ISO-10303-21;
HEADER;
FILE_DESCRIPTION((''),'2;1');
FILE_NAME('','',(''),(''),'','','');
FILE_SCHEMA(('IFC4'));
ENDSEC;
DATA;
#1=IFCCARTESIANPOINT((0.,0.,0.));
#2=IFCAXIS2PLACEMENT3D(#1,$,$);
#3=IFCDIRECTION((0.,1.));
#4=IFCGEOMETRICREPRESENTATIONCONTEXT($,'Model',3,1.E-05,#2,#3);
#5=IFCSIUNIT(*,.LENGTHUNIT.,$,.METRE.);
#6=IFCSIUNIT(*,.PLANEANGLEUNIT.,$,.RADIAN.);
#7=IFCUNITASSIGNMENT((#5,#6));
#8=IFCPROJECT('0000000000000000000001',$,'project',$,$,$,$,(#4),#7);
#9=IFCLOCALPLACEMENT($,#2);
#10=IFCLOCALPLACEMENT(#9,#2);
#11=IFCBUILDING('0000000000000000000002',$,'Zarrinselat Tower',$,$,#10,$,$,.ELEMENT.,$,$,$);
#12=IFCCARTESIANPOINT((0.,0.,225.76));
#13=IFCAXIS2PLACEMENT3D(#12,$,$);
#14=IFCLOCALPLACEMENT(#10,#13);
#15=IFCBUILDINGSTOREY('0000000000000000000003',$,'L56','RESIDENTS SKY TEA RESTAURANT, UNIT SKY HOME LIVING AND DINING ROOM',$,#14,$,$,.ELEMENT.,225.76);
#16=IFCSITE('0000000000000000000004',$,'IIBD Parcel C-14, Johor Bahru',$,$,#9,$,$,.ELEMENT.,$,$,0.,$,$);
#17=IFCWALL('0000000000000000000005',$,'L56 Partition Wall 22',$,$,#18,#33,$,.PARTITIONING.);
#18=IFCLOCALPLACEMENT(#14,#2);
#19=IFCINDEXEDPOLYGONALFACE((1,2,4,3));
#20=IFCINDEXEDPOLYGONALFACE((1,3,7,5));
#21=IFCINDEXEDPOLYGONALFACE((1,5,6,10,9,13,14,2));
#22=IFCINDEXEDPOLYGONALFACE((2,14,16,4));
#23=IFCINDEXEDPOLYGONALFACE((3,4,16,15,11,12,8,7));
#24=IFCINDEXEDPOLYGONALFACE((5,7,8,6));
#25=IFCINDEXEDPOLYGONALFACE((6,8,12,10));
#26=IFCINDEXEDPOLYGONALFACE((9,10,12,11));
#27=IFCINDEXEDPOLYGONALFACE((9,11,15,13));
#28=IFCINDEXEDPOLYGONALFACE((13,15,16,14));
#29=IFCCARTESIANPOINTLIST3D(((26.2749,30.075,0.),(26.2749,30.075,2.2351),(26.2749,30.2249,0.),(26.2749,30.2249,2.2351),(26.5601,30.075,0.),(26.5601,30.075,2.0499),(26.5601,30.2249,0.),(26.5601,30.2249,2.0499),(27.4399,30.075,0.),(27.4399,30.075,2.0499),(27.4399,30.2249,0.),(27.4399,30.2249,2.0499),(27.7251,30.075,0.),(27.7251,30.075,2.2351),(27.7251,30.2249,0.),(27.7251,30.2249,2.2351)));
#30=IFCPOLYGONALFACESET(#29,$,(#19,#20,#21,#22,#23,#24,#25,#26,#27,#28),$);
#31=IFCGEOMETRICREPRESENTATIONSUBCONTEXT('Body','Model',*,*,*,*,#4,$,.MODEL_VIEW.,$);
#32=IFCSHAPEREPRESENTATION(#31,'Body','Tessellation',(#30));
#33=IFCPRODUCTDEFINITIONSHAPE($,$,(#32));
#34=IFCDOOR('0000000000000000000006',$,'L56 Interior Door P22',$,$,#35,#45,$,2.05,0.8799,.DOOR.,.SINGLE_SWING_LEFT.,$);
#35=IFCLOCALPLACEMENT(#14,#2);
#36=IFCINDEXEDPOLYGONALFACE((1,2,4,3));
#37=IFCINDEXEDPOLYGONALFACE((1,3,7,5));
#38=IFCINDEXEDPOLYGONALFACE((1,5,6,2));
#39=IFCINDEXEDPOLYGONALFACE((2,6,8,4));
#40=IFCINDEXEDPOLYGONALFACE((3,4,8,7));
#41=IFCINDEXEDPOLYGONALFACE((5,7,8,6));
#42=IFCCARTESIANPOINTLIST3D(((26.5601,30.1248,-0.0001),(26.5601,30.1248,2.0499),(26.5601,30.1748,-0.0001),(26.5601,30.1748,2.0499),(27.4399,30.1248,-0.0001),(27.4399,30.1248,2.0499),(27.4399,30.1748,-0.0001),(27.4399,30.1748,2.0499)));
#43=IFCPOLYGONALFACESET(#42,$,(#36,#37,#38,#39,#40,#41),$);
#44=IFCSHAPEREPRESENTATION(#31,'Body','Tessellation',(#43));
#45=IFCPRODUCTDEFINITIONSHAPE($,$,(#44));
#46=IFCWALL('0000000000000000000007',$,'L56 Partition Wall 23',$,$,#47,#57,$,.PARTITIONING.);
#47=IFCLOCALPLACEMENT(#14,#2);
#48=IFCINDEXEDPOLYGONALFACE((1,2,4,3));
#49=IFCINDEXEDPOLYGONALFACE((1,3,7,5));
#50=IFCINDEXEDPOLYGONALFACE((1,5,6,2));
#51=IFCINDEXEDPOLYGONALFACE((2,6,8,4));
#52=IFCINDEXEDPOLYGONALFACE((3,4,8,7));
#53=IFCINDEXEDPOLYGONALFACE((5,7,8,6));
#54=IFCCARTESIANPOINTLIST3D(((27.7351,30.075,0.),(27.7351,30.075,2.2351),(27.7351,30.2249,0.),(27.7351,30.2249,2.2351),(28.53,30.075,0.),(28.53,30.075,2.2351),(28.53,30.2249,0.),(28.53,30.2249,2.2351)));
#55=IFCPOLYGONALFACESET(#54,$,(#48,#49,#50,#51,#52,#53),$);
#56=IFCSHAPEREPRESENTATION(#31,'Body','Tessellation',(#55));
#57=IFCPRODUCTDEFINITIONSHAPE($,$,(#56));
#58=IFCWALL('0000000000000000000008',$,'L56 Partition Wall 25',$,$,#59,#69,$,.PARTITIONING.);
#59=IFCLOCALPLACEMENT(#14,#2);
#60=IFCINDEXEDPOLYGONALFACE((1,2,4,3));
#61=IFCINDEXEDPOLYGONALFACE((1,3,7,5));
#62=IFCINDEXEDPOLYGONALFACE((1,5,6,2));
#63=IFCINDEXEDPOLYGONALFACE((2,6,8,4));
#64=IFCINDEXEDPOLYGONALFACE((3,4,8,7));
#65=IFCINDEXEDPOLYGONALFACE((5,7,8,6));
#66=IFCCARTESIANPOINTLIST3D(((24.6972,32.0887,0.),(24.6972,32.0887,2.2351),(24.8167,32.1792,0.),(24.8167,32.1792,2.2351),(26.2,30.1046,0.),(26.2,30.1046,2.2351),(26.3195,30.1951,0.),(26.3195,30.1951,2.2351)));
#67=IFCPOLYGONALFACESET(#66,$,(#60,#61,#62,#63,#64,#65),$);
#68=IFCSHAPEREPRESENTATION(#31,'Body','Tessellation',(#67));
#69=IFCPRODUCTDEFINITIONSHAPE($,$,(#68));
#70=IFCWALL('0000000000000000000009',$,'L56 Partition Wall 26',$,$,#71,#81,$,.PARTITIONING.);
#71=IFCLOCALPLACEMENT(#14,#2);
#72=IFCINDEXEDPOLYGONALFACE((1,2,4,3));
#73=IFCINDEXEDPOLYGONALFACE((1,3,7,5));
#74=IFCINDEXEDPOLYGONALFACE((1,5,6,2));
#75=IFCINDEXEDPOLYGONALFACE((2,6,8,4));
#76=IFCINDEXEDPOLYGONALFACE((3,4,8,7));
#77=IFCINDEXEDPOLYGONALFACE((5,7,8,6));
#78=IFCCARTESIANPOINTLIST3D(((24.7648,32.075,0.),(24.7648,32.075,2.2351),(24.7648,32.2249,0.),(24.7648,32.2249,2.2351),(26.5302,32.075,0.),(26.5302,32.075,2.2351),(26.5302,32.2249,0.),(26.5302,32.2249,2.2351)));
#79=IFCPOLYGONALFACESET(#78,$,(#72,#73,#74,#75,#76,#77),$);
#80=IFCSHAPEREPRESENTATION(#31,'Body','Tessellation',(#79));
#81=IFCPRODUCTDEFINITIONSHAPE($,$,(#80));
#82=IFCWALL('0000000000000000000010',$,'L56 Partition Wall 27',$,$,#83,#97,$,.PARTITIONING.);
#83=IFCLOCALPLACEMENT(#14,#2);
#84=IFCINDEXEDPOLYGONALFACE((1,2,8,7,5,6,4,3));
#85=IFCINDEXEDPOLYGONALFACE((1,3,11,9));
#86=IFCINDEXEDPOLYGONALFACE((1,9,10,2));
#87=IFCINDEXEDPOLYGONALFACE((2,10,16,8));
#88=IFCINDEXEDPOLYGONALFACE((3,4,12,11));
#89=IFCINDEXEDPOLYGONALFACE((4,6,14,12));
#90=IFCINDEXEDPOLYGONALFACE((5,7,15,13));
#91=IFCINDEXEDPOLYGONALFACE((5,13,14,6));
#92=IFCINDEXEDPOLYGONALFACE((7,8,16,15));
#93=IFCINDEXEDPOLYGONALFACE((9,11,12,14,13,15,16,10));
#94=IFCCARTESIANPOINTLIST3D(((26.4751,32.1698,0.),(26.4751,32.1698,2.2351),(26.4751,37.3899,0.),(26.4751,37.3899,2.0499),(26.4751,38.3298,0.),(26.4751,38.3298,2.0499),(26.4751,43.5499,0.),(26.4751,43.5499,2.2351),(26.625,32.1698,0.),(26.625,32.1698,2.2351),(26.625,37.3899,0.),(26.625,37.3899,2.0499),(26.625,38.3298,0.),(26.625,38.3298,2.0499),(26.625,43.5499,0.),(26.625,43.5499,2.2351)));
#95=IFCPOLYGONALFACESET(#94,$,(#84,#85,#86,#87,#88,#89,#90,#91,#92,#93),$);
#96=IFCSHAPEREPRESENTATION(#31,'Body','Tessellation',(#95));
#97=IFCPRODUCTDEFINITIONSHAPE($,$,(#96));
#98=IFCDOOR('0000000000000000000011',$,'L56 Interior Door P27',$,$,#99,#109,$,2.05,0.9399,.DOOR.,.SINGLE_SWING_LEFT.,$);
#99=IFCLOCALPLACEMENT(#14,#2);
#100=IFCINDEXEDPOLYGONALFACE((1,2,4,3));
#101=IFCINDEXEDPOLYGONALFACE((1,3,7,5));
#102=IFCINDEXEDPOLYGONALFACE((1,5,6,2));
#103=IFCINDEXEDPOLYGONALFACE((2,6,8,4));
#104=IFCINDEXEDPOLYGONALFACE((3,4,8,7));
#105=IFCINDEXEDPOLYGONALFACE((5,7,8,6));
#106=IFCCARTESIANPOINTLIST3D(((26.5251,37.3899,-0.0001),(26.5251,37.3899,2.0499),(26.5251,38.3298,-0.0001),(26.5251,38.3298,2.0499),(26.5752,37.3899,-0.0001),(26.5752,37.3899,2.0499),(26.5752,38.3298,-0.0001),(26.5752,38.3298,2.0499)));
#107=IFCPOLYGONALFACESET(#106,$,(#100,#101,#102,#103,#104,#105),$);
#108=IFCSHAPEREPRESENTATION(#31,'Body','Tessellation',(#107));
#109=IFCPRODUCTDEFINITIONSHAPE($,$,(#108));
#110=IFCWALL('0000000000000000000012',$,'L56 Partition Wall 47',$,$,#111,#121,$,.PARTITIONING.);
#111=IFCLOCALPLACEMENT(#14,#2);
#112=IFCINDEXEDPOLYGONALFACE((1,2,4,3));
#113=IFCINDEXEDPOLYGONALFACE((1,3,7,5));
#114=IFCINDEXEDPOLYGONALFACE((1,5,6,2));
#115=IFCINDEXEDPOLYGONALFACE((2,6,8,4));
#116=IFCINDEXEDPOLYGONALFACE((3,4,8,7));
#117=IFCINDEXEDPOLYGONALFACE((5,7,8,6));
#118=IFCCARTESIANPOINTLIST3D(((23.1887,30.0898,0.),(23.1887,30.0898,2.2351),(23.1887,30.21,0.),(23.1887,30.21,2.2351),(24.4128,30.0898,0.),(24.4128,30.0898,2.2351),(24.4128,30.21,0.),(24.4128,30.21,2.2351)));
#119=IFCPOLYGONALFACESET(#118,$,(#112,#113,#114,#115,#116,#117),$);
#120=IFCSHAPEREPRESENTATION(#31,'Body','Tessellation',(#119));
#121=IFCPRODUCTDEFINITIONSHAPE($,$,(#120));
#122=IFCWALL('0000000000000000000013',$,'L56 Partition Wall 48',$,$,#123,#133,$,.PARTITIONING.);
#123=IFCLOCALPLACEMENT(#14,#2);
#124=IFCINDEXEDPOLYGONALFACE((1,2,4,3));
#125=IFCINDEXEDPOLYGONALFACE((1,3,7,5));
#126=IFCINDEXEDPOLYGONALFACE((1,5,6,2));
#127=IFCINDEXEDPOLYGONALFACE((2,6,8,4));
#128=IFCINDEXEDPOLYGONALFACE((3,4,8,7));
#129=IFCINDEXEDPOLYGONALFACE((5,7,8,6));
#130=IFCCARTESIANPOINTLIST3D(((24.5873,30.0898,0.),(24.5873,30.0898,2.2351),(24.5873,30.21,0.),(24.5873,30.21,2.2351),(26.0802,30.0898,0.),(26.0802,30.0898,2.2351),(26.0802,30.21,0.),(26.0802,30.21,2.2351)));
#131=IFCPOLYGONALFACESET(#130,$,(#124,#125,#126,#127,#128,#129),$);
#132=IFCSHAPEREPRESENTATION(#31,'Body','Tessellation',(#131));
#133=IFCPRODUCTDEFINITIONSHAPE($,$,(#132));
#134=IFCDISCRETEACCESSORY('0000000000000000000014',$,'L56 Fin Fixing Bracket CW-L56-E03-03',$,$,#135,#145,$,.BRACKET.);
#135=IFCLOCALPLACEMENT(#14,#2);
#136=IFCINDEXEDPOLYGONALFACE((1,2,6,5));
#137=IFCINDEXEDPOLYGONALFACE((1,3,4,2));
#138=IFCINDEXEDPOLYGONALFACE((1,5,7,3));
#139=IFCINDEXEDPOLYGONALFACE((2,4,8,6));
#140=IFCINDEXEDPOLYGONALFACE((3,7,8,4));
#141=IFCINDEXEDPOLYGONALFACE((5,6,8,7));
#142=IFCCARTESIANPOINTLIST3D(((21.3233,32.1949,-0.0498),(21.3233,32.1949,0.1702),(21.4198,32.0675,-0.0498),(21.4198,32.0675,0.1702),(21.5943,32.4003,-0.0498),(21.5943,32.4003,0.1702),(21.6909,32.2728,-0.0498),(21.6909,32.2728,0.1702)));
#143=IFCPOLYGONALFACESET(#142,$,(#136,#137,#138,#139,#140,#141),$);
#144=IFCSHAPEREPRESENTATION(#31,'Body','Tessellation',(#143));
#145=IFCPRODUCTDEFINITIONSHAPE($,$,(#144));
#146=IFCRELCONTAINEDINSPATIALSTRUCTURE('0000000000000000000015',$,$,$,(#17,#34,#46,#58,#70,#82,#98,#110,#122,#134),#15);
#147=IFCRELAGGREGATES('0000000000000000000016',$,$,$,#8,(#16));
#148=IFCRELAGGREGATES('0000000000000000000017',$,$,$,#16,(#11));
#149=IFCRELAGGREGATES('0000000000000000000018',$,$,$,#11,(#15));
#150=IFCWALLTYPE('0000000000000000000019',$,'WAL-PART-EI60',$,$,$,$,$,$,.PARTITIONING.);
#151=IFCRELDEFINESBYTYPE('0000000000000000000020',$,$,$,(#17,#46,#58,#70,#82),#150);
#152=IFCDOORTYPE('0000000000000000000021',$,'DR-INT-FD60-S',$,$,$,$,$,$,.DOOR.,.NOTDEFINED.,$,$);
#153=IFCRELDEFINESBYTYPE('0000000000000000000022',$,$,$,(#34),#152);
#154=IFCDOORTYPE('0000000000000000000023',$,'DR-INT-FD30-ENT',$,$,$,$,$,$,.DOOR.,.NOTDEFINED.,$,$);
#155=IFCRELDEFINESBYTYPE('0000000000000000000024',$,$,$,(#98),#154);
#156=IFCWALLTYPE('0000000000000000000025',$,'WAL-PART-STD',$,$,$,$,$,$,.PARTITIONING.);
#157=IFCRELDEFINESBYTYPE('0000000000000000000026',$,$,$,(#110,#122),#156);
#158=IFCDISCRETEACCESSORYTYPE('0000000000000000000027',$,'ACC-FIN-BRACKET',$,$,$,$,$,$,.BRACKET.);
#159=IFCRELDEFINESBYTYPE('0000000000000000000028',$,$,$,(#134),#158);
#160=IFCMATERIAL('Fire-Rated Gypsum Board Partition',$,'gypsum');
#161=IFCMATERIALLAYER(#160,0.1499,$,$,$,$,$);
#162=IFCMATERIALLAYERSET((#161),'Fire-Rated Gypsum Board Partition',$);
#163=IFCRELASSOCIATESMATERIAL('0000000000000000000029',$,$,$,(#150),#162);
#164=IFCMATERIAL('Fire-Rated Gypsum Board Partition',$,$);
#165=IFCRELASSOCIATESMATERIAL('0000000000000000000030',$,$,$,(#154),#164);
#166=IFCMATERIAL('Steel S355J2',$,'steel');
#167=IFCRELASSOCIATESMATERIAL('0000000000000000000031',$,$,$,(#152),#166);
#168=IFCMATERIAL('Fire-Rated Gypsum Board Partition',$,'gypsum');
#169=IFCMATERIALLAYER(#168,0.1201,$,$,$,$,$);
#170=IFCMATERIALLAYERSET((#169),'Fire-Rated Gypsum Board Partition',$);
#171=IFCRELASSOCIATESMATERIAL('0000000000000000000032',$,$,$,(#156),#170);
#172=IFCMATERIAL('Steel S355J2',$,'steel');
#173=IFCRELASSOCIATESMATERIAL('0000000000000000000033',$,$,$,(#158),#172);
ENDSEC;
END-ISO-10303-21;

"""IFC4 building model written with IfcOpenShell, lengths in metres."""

from ifc_helpers import new_model, si_unit, direction, frame, frame_2d, origin, origin_2d, place, context, subcontext, project, spatial, rectangle, extrude, material, layer, layer_set, type_object, element, fill, save


model = new_model("IFC4")

# Units and contexts
model_context = context("Model", 3, precision=1e-05, world=origin(), true_north=direction((0.0, 1.0)))
body_context = subcontext(model_context, "Body", "Model", "MODEL_VIEW")
ifc_project = project(units=[si_unit("LENGTHUNIT", "METRE"), si_unit("PLANEANGLEUNIT", "RADIAN")], contexts=[model_context])

# Site, building, storey
site_placement = place(None, origin())
site = spatial("IfcSite", under=ifc_project, at=site_placement, Name="IIBD Parcel C-14, Johor Bahru", CompositionType="ELEMENT", RefElevation=0.0)
building_placement = place(site_placement, origin())
building = spatial("IfcBuilding", under=site, at=building_placement, Name="Zarrinselat Tower", CompositionType="ELEMENT")
storey_placement = place(building_placement, frame((0.0, 0.0, 225.76)))
storey = spatial("IfcBuildingStorey", under=building, at=storey_placement, Name="L56", Description="RESIDENTS SKY TEA RESTAURANT, UNIT SKY HOME LIVING AND DINING ROOM", CompositionType="ELEMENT", Elevation=225.76)

# Wall, opening, door
ifc_material_1 = material(Name="Fire-Rated Gypsum Board Partition", Category="gypsum")
ifc_layer_1 = layer(ifc_material_1, 0.1499)
ifc_layer_set_1 = layer_set([ifc_layer_1], Name="Fire-Rated Gypsum Board Partition")
wall_type_1 = type_object("IfcWallType", Name="WAL-PART-EI60", PredefinedType="PARTITIONING", material=ifc_layer_set_1)
ifc_material_2 = material(Name="Fire-Rated Gypsum Board Partition")
door_type_1 = type_object("IfcDoorType", Name="DR-INT-FD30-ENT", OperationType="NOTDEFINED", PredefinedType="DOOR", material=ifc_material_2)
wall_1_placement = place(storey_placement, frame((26.2749, 30.1499, 0.0), z_axis=(0.0, 0.0, 1.0), x_axis=(1.0, 0.0, 0.0)))
wall_1 = element("IfcWall", 1, at=wall_1_placement, inside=storey, type_object=wall_type_1, Name="L56 Partition Wall 22", PredefinedType="PARTITIONING", context=body_context, shape_type="SweptSolid", body=[
    extrude(rectangle(XDim=1.4502, YDim=0.1499, at=frame_2d((0.7251, 0.0))), origin(), (0.0, 0.0, 1.0), 2.2351),
])
opening_1_placement = place(wall_1_placement, frame((0.2852, 0.0, 0.0)))
opening_1 = element("IfcOpeningElement", 2, at=opening_1_placement, cuts=wall_1, PredefinedType="OPENING", context=body_context, shape_type="SweptSolid", body=[
    extrude(rectangle(XDim=0.8799, YDim=2.05, at=frame_2d((0.4399, 1.0249))), frame((0.0, 0.085, 0.0), z_axis=(0.0, -1.0, 0.0), x_axis=(1.0, 0.0, 0.0)), (0.0, 0.0, 1.0), 0.1699),
])
ifc_material_3 = material(Name="Steel S355J2", Category="steel")
door_type_2 = type_object("IfcDoorType", Name="DR-INT-FD60-S", OperationType="NOTDEFINED", PredefinedType="DOOR", material=ifc_material_3)
door_1_placement = place(opening_1_placement, origin())
door_1 = element("IfcDoor", 3, at=door_1_placement, inside=storey, type_object=door_type_2, Name="L56 Interior Door P22", OperationType="SINGLE_SWING_LEFT", OverallHeight=2.05, OverallWidth=0.8799, PredefinedType="DOOR", context=body_context, shape_type="SweptSolid", body=[
    extrude(rectangle(XDim=0.8799, YDim=2.05, at=frame_2d((0.4399, 1.0249))), frame((0.0, 0.0249, 0.0), z_axis=(0.0, -1.0, 0.0), x_axis=(1.0, 0.0, 0.0)), (0.0, 0.0, 1.0), 0.05),
])
fill(opening_1, door_1)

# Walls
wall_2_placement = place(storey_placement, frame((27.7351, 30.1499, 0.0), z_axis=(0.0, 0.0, 1.0), x_axis=(1.0, 0.0, 0.0)))
element("IfcWall", 4, at=wall_2_placement, inside=storey, type_object=wall_type_1, Name="L56 Partition Wall 23", PredefinedType="PARTITIONING", context=body_context, shape_type="SweptSolid", body=[
    extrude(rectangle(XDim=0.7949, YDim=0.1499, at=frame_2d((0.3975, 0.0))), origin(), (0.0, 0.0, 1.0), 2.2351),
])
wall_3_placement = place(storey_placement, frame((24.7568, 32.134, 0.0), z_axis=(0.0, 0.0, 1.0), x_axis=(0.603807, -0.797131, 0.0)))
element("IfcWall", 5, at=wall_3_placement, inside=storey, type_object=wall_type_1, Name="L56 Partition Wall 25", PredefinedType="PARTITIONING", context=body_context, shape_type="SweptSolid", body=[
    extrude(rectangle(XDim=2.489, YDim=0.1499, at=frame_2d((1.2446, 0.0))), origin(), (0.0, 0.0, 1.0), 2.2351),
])
wall_4_placement = place(storey_placement, frame((24.7646, 32.1499, 0.0), z_axis=(0.0, 0.0, 1.0), x_axis=(1.0, 0.0, 0.0)))
element("IfcWall", 6, at=wall_4_placement, inside=storey, type_object=wall_type_1, Name="L56 Partition Wall 26", PredefinedType="PARTITIONING", context=body_context, shape_type="SweptSolid", body=[
    extrude(rectangle(XDim=1.7654, YDim=0.1499, at=frame_2d((0.8828, 0.0))), origin(), (0.0, 0.0, 1.0), 2.2351),
])

# Wall, opening, door
wall_5_placement = place(storey_placement, frame((26.55, 32.1699, 0.0), z_axis=(0.0, 0.0, 1.0), x_axis=(0.0, 1.0, 0.0)))
wall_5 = element("IfcWall", 7, at=wall_5_placement, inside=storey, type_object=wall_type_1, Name="L56 Partition Wall 27", PredefinedType="PARTITIONING", context=body_context, shape_type="SweptSolid", body=[
    extrude(rectangle(XDim=11.3801, YDim=0.1499, at=frame_2d((5.6899, 0.0))), origin(), (0.0, 0.0, 1.0), 2.2351),
])
opening_2_placement = place(wall_5_placement, frame((5.22, 0.0, 0.0)))
opening_2 = element("IfcOpeningElement", 8, at=opening_2_placement, cuts=wall_5, PredefinedType="OPENING", context=body_context, shape_type="SweptSolid", body=[
    extrude(rectangle(XDim=0.9399, YDim=2.05, at=frame_2d((0.47, 1.0249))), frame((0.0, 0.085, 0.0), z_axis=(0.0, -1.0, 0.0), x_axis=(1.0, 0.0, 0.0)), (0.0, 0.0, 1.0), 0.1699),
])
door_2_placement = place(opening_2_placement, origin())
door_2 = element("IfcDoor", 9, at=door_2_placement, inside=storey, type_object=door_type_1, Name="L56 Interior Door P27", OperationType="SINGLE_SWING_LEFT", OverallHeight=2.05, OverallWidth=0.9399, PredefinedType="DOOR", context=body_context, shape_type="SweptSolid", body=[
    extrude(rectangle(XDim=0.9399, YDim=2.05, at=frame_2d((0.47, 1.0249))), frame((0.0, 0.0249, 0.0), z_axis=(0.0, -1.0, 0.0), x_axis=(1.0, 0.0, 0.0)), (0.0, 0.0, 1.0), 0.05),
])
fill(opening_2, door_2)

# Walls
ifc_material_4 = material(Name="Fire-Rated Gypsum Board Partition", Category="gypsum")
ifc_layer_2 = layer(ifc_material_4, 0.1201)
ifc_layer_set_2 = layer_set([ifc_layer_2], Name="Fire-Rated Gypsum Board Partition")
wall_type_2 = type_object("IfcWallType", Name="WAL-PART-STD", PredefinedType="PARTITIONING", material=ifc_layer_set_2)
wall_6_placement = place(storey_placement, frame((23.1887, 30.1499, 0.0), z_axis=(0.0, 0.0, 1.0), x_axis=(1.0, 0.0, 0.0)))
element("IfcWall", 10, at=wall_6_placement, inside=storey, type_object=wall_type_2, Name="L56 Partition Wall 47", PredefinedType="PARTITIONING", context=body_context, shape_type="SweptSolid", body=[
    extrude(rectangle(XDim=1.2241, YDim=0.1201, at=frame_2d((0.6121, 0.0))), origin(), (0.0, 0.0, 1.0), 2.2351),
])
wall_7_placement = place(storey_placement, frame((24.5872, 30.1499, 0.0), z_axis=(0.0, 0.0, 1.0), x_axis=(1.0, 0.0, 0.0)))
element("IfcWall", 11, at=wall_7_placement, inside=storey, type_object=wall_type_2, Name="L56 Partition Wall 48", PredefinedType="PARTITIONING", context=body_context, shape_type="SweptSolid", body=[
    extrude(rectangle(XDim=1.4929, YDim=0.1201, at=frame_2d((0.7466, 0.0))), origin(), (0.0, 0.0, 1.0), 2.2351),
])

# Discrete accessory
ifc_material_5 = material(Name="Steel S355J2", Category="steel")
discrete_accessory_type = type_object("IfcDiscreteAccessoryType", Name="ACC-FIN-BRACKET", PredefinedType="BRACKET", material=ifc_material_5)
discrete_accessory_placement = place(storey_placement, frame((21.5071, 32.2339, -0.0498), z_axis=(0.0, 0.0, 1.0), x_axis=(-0.797091, -0.60386, 0.0)))
element("IfcDiscreteAccessory", 12, at=discrete_accessory_placement, inside=storey, type_object=discrete_accessory_type, Name="L56 Fin Fixing Bracket CW-L56-E03-03", PredefinedType="BRACKET", context=body_context, shape_type="SweptSolid", body=[
    extrude(rectangle(XDim=0.3401, YDim=0.1599, at=origin_2d()), origin(), (0.0, 0.0, 1.0), 0.22),
])

save(model, "model.ifc")
